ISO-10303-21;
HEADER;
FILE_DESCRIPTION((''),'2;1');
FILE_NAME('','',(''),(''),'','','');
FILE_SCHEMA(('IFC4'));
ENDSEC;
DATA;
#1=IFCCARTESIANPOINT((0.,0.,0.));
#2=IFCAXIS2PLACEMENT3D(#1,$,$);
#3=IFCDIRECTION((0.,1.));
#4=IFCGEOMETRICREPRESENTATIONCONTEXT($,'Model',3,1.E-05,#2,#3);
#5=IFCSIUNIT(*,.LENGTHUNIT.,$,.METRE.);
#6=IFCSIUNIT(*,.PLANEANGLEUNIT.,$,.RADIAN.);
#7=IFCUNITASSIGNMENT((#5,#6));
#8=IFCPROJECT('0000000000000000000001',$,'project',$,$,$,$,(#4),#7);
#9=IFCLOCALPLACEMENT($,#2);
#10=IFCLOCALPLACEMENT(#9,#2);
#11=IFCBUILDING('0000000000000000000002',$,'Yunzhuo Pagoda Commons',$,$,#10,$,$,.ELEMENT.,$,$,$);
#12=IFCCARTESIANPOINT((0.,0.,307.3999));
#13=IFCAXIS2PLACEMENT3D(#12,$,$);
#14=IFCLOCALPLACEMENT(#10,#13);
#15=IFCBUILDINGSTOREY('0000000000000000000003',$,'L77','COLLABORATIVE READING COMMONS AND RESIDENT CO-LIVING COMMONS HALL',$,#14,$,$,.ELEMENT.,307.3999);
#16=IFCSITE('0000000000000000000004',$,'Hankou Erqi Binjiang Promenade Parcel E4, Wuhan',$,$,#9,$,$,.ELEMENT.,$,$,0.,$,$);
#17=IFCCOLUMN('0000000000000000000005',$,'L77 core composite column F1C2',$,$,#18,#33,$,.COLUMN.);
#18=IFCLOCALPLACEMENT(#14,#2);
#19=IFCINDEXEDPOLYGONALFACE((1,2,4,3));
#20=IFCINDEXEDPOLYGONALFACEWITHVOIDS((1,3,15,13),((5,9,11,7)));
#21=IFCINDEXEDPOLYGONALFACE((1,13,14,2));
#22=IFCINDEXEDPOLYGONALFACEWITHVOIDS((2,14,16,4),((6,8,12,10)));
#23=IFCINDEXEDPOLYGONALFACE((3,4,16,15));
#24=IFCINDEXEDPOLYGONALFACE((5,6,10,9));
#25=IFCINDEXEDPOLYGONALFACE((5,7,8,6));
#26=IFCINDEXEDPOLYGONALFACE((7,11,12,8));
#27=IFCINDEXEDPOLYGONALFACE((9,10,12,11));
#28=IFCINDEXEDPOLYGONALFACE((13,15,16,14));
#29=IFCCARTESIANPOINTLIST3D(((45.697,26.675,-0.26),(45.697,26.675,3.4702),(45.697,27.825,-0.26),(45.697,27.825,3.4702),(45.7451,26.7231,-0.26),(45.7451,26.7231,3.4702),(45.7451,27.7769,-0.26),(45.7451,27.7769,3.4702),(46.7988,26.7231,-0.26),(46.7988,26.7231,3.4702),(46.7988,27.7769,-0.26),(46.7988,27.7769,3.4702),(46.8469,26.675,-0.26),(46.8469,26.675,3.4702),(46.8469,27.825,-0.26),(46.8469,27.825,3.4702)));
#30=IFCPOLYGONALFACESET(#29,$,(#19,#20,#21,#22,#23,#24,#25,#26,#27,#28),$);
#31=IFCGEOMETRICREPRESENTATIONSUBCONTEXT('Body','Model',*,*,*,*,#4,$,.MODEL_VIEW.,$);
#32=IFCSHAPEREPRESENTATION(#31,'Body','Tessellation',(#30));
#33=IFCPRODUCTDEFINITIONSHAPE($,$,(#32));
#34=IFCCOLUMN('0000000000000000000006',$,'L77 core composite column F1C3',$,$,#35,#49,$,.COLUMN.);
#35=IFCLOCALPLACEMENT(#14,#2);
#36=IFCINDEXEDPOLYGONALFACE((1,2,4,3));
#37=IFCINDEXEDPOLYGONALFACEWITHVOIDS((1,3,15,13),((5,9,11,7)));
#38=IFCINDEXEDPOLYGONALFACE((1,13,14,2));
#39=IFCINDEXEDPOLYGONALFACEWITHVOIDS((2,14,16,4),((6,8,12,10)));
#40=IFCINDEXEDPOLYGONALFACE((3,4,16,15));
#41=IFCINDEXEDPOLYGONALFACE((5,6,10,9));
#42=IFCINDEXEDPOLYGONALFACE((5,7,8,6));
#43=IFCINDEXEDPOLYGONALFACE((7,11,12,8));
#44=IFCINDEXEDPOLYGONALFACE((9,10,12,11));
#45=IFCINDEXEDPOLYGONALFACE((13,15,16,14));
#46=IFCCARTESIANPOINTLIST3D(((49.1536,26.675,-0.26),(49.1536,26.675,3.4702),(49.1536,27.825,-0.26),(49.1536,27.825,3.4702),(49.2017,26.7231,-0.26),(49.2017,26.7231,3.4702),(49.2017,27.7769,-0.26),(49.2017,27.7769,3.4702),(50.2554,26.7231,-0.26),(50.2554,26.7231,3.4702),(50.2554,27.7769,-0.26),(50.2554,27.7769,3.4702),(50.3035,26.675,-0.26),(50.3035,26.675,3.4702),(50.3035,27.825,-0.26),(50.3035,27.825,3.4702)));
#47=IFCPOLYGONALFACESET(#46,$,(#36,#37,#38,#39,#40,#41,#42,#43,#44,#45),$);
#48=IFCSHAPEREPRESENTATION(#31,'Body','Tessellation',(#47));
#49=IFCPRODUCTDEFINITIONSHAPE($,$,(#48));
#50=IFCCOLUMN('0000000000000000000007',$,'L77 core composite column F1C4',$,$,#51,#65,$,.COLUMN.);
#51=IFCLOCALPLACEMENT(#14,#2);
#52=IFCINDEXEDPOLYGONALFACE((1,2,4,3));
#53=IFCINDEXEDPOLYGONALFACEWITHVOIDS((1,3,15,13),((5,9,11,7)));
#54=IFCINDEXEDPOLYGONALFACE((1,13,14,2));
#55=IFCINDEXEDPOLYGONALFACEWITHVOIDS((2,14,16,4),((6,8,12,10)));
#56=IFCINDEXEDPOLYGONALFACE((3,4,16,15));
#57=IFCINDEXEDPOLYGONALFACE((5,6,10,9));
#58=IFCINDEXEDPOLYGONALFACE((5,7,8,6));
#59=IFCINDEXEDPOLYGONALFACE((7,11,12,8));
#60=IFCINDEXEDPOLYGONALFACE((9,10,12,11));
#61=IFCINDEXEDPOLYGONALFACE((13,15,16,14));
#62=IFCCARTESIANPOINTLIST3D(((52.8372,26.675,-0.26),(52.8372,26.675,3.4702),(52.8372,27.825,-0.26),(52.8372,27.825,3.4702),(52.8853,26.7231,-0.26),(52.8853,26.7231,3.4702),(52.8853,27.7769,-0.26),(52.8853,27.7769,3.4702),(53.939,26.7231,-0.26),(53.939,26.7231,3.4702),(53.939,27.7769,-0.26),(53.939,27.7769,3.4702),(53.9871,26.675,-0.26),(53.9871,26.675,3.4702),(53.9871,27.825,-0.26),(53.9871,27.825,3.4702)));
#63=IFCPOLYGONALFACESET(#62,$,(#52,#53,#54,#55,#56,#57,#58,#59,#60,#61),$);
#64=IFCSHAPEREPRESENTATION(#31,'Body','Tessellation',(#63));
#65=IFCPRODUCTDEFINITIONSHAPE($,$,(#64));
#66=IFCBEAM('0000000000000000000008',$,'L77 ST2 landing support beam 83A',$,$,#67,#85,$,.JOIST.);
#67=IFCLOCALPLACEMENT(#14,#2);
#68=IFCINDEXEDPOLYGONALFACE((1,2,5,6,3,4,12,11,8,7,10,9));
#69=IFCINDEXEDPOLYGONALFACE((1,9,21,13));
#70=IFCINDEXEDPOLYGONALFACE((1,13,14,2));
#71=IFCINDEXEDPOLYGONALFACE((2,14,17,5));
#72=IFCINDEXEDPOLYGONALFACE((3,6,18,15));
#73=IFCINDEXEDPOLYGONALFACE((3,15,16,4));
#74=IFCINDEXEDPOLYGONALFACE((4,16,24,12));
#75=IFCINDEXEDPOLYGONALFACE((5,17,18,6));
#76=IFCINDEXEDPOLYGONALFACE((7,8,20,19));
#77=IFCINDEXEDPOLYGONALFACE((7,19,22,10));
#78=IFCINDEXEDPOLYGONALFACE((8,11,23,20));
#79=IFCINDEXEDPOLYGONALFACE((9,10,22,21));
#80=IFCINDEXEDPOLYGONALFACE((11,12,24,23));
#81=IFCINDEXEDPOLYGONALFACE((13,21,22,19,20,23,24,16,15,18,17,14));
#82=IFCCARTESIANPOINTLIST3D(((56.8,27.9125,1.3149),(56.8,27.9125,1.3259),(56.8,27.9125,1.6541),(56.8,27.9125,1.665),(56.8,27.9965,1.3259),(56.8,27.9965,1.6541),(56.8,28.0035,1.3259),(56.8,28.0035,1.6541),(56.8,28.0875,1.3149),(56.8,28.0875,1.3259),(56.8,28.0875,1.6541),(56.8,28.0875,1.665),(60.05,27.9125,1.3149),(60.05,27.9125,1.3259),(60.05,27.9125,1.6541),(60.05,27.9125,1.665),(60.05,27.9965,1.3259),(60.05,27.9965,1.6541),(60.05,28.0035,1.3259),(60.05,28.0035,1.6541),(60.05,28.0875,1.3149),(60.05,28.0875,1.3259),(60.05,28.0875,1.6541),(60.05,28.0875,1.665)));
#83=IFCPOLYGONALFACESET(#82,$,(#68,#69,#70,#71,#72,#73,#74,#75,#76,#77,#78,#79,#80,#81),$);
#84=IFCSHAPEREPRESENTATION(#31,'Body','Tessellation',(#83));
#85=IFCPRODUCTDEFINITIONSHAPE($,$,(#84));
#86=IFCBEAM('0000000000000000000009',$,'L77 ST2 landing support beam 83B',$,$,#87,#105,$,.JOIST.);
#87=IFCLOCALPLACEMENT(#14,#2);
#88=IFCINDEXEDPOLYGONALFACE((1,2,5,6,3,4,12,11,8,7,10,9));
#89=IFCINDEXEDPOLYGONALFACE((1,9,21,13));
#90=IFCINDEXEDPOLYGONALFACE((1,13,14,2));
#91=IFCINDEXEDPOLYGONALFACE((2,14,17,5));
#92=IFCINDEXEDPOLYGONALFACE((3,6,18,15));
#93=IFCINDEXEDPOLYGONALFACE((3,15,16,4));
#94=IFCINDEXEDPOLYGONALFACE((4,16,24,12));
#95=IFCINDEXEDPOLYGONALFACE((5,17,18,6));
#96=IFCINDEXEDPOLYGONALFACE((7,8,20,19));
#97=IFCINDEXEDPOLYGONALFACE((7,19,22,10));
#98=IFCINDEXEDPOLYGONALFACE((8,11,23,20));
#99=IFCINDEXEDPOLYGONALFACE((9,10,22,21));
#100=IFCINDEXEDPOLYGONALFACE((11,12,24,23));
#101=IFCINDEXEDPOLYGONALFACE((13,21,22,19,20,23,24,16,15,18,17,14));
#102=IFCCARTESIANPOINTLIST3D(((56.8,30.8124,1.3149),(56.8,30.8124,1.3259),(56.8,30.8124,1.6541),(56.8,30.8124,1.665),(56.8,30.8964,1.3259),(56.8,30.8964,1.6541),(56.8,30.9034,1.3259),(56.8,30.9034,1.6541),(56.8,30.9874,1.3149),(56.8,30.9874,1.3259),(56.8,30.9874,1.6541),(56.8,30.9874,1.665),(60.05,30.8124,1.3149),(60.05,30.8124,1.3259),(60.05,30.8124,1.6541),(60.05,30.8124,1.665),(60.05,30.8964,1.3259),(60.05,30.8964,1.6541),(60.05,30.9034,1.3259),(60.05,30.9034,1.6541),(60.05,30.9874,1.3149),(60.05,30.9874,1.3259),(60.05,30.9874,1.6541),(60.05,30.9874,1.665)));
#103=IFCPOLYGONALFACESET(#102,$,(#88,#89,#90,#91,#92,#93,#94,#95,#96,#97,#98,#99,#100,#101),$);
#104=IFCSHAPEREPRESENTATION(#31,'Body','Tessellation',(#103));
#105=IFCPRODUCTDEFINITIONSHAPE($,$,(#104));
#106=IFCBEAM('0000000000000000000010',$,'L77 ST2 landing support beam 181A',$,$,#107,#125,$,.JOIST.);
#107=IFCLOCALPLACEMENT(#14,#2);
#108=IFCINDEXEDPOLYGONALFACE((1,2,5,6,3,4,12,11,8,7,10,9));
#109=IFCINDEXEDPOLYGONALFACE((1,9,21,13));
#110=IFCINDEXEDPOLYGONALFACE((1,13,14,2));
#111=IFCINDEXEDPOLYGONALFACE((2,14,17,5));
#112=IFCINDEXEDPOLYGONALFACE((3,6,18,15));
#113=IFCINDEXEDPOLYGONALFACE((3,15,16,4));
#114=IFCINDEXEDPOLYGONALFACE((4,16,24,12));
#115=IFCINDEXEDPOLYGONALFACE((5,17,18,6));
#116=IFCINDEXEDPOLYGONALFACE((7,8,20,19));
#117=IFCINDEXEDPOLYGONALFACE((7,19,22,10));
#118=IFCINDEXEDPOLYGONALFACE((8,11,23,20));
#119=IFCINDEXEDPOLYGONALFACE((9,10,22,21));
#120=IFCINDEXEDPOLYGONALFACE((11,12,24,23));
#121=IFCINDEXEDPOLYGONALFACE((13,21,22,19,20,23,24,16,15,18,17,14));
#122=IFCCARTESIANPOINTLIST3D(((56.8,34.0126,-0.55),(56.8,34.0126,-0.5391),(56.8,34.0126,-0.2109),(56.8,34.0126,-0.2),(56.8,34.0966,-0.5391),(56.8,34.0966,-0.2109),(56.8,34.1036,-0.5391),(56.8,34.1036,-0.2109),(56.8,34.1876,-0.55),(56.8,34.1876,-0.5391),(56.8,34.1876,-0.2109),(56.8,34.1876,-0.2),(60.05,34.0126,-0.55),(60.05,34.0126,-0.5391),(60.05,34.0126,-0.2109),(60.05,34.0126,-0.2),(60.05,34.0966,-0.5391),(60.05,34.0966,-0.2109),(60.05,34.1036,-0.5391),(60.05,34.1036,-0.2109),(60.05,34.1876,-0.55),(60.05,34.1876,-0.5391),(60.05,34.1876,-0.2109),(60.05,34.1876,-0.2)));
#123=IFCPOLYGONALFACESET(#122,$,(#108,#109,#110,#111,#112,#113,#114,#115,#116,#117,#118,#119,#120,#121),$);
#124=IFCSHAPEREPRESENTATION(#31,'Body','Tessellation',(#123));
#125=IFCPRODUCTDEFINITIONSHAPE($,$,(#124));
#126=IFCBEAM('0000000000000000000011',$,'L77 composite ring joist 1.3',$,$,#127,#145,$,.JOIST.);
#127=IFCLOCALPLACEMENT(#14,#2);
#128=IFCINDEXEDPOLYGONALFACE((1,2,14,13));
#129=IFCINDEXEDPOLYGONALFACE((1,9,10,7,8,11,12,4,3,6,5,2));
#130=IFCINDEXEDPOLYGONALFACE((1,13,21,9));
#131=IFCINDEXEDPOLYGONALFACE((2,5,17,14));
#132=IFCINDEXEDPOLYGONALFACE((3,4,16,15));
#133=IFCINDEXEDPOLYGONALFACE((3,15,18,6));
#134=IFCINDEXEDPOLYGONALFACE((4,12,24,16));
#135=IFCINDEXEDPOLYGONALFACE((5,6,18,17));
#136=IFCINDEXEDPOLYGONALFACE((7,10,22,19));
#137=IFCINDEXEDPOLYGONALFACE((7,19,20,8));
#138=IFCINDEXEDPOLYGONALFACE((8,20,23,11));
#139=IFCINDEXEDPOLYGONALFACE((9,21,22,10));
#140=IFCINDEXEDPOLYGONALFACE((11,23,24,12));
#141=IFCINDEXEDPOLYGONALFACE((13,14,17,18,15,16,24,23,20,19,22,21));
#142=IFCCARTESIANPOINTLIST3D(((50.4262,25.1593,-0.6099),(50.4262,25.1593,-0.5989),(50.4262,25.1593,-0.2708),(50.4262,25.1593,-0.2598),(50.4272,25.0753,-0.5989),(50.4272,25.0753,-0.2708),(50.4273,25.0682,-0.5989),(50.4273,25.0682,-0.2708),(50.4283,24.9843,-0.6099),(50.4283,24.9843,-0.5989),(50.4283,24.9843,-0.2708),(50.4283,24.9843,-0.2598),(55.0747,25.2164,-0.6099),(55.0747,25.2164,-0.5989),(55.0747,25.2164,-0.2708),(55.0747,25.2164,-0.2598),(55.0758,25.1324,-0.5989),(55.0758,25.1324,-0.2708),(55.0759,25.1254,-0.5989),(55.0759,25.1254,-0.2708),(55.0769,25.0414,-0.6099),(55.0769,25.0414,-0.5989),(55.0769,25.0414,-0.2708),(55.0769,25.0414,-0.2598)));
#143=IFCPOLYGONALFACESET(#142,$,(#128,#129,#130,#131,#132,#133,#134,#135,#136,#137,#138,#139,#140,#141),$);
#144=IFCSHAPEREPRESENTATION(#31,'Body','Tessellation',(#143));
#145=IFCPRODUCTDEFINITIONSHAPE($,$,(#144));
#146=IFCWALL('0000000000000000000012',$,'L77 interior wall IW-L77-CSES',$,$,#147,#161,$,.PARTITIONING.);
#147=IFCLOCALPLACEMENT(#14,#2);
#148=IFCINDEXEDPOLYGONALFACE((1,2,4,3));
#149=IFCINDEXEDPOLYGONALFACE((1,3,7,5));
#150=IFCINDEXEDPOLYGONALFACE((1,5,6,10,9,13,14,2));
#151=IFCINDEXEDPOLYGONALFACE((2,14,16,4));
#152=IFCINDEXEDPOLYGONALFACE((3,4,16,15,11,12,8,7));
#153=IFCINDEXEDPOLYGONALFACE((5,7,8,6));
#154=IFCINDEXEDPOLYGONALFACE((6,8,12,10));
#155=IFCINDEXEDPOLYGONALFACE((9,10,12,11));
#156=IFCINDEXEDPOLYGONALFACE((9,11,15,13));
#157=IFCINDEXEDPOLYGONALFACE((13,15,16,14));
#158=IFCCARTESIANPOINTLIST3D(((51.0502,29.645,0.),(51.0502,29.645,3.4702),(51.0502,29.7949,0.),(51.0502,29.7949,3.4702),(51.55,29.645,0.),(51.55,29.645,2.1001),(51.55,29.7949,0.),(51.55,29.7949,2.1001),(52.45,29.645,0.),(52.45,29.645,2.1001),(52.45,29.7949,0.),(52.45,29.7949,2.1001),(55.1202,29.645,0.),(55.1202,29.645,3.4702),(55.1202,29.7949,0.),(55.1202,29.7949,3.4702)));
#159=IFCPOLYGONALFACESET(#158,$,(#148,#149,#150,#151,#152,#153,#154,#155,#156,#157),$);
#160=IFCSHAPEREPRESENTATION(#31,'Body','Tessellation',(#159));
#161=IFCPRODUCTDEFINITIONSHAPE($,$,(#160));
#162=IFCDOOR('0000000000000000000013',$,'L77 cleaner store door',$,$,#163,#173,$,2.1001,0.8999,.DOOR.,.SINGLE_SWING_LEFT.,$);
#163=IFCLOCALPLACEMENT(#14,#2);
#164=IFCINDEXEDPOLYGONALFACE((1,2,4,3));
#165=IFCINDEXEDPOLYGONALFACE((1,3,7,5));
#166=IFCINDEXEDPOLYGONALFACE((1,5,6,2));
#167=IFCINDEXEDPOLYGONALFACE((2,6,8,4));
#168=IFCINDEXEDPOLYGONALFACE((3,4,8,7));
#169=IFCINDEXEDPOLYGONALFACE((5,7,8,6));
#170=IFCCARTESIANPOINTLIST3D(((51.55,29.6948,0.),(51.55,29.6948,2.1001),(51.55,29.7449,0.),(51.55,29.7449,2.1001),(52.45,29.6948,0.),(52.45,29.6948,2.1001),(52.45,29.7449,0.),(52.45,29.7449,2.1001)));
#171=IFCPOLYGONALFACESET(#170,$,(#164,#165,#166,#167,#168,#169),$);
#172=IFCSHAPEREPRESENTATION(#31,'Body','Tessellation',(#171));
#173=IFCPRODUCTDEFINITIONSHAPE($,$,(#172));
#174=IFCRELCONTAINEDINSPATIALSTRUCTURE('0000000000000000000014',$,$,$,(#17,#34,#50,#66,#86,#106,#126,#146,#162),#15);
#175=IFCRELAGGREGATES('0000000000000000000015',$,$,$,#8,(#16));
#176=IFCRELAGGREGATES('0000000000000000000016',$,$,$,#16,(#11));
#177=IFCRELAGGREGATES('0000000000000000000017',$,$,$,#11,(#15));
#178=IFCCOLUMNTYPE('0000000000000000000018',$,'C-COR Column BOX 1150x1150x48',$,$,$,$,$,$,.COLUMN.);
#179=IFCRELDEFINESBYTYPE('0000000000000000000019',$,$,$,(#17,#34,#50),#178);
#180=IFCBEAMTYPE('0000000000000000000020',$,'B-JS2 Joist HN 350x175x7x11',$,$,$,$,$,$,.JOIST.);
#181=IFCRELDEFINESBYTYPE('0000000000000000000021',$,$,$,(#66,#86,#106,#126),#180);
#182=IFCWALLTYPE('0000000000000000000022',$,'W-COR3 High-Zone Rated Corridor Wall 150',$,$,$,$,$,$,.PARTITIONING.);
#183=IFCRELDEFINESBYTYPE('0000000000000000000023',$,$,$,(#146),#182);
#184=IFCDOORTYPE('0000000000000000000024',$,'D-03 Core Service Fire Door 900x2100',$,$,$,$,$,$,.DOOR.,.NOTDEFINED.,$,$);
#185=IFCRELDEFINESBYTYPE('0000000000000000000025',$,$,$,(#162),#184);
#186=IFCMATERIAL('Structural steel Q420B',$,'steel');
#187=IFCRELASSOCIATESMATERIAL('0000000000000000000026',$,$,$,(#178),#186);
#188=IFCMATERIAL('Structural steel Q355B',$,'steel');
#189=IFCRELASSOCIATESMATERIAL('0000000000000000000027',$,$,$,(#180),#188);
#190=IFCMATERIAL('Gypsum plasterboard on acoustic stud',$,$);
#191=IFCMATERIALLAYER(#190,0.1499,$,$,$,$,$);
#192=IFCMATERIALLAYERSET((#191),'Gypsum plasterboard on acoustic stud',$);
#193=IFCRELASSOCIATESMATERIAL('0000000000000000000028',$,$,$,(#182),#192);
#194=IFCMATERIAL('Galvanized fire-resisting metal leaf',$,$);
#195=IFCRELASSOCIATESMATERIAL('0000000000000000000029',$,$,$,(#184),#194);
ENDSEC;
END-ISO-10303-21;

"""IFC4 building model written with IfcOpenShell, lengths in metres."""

from ifc_helpers import new_model, si_unit, direction, frame, frame_2d, origin, origin_with_axes, origin_2d, place, context, subcontext, project, spatial, rectangle, hollow_rectangle, i_section, extrude, source, transform, mapped, material, layer, layer_set, material_profile, profile_set, type_object, element, fill, save


model = new_model("IFC4")

# Units and contexts
model_context = context("Model", 3, precision=1e-05, world=origin(), true_north=direction((0.0, 1.0)))
body_context = subcontext(model_context, "Body", "Model", "MODEL_VIEW")
ifc_project = project(units=[si_unit("LENGTHUNIT", "METRE"), si_unit("PLANEANGLEUNIT", "RADIAN")], contexts=[model_context])

# Site, building, storey
site_placement = place(None, origin())
site = spatial("IfcSite", under=ifc_project, at=site_placement, Name="Hankou Erqi Binjiang Promenade Parcel E4, Wuhan", CompositionType="ELEMENT", RefElevation=0.0)
building_placement = place(site_placement, origin())
building = spatial("IfcBuilding", under=site, at=building_placement, Name="Yunzhuo Pagoda Commons", CompositionType="ELEMENT")
storey_placement = place(building_placement, frame((0.0, 0.0, 307.3999)))
storey = spatial("IfcBuildingStorey", under=building, at=storey_placement, Name="L77", Description="COLLABORATIVE READING COMMONS AND RESIDENT CO-LIVING COMMONS HALL", CompositionType="ELEMENT", Elevation=307.3999)

# Columns
ifc_material_1 = material(Name="Structural steel Q420B", Category="steel")
ifc_material_profile_1 = material_profile(ifc_material_1, hollow_rectangle(XDim=1.1499, YDim=1.1499, WallThickness=0.0481, at=origin_2d()), Name="Structural steel Q420B")
ifc_profile_set_1 = profile_set([ifc_material_profile_1], Name="Structural steel Q420B")
column_type = type_object("IfcColumnType", Name="C-COR Column BOX 1150x1150x48", PredefinedType="COLUMN", material=ifc_profile_set_1)
shared_shape_1 = source(origin(), body_context, "Body", "SweptSolid", [
    extrude(hollow_rectangle(XDim=1.1499, YDim=1.1499, WallThickness=0.0481, at=origin_2d()), origin(), (0.0, 0.0, 1.0), 3.7302),
])
for number, where, z_axis, x_axis, name in (
    (1, (46.272, 27.25, -0.26), (0.0, 0.0, 1.0), (1.0, 0.0, 0.0), "L77 core composite column F1C2"),
    (2, (49.7285, 27.25, -0.26), (0.0, 0.0, 1.0), (1.0, 0.0, 0.0), "L77 core composite column F1C3"),
    (3, (53.4121, 27.25, -0.26), (0.0, 0.0, 1.0), (1.0, 0.0, 0.0), "L77 core composite column F1C4"),
):
    element("IfcColumn", number, at=place(storey_placement, frame(where, z_axis=z_axis, x_axis=x_axis)), inside=storey, type_object=column_type, Name=name, PredefinedType="COLUMN", context=body_context, shape_type="MappedRepresentation", body=[
        mapped(shared_shape_1, transform((0.0, 0.0, 0.0), scale=1.0)),
    ])

# Beams
ifc_material_2 = material(Name="Structural steel Q355B", Category="steel")
ifc_material_profile_2 = material_profile(ifc_material_2, i_section(OverallWidth=0.175, OverallDepth=0.3501, WebThickness=0.0071, FlangeThickness=0.011, at=origin_2d()), Name="Structural steel Q355B")
ifc_profile_set_2 = profile_set([ifc_material_profile_2], Name="Structural steel Q355B")
beam_type = type_object("IfcBeamType", Name="B-JS2 Joist HN 350x175x7x11", PredefinedType="JOIST", material=ifc_profile_set_2)
shared_shape_2 = source(origin(), body_context, "Body", "SweptSolid", [
    extrude(i_section(OverallWidth=0.175, OverallDepth=0.3501, WebThickness=0.0071, FlangeThickness=0.011, at=origin_2d()), origin(), (0.0, 0.0, 1.0), 3.25),
])
for number, where, z_axis, x_axis, name in (
    (4, (56.8, 28.0, 1.49), (1.0, 0.0, 0.0), (0.0, 1.0, 0.0), "L77 ST2 landing support beam 83A"),
    (5, (56.8, 30.8999, 1.49), (1.0, 0.0, 0.0), (0.0, 1.0, 0.0), "L77 ST2 landing support beam 83B"),
    (6, (56.8, 34.1001, -0.375), (1.0, 0.0, 0.0), (0.0, 1.0, 0.0), "L77 ST2 landing support beam 181A"),
):
    element("IfcBeam", number, at=place(storey_placement, frame(where, z_axis=z_axis, x_axis=x_axis)), inside=storey, type_object=beam_type, Name=name, PredefinedType="JOIST", context=body_context, shape_type="MappedRepresentation", body=[
        mapped(shared_shape_2, transform((0.0, 0.0, 0.0), scale=1.0)),
    ])
shared_shape_3 = source(origin(), body_context, "Body", "SweptSolid", [
    extrude(i_section(OverallWidth=0.175, OverallDepth=0.3501, WebThickness=0.0071, FlangeThickness=0.011, at=origin_2d()), origin(), (0.0, 0.0, 1.0), 4.6489),
])
beam_placement = place(storey_placement, frame((50.4272, 25.0718, -0.4348), z_axis=(0.999924, 0.012288, 0.0), x_axis=(-0.012288, 0.999924, 0.0)))
element("IfcBeam", 7, at=beam_placement, inside=storey, type_object=beam_type, Name="L77 composite ring joist 1.3", PredefinedType="JOIST", context=body_context, shape_type="MappedRepresentation", body=[
    mapped(shared_shape_3, transform((0.0, 0.0, 0.0), scale=1.0)),
])

# Wall, opening, door
ifc_material_3 = material(Name="Gypsum plasterboard on acoustic stud")
ifc_layer_1 = layer(ifc_material_3, 0.1499)
ifc_layer_set_1 = layer_set([ifc_layer_1], Name="Gypsum plasterboard on acoustic stud")
wall_type_1 = type_object("IfcWallType", Name="W-COR3 High-Zone Rated Corridor Wall 150", PredefinedType="PARTITIONING", material=ifc_layer_set_1)
wall_1_placement = place(storey_placement, frame((51.05, 29.72, 0.0), z_axis=(0.0, 0.0, 1.0), x_axis=(1.0, 0.0, 0.0)))
wall_1 = element("IfcWall", 8, at=wall_1_placement, inside=storey, type_object=wall_type_1, Name="L77 interior wall IW-L77-CSES", PredefinedType="PARTITIONING", context=body_context, shape_type="SweptSolid", body=[
    extrude(rectangle(XDim=4.0701, YDim=0.1499, at=frame_2d((2.0352, 0.0))), origin(), (0.0, 0.0, 1.0), 3.4702),
])
opening_1_placement = place(wall_1_placement, frame((0.5, 0.0, 0.0)))
opening_1 = element("IfcOpeningElement", 9, at=opening_1_placement, cuts=wall_1, PredefinedType="OPENING", context=body_context, shape_type="SweptSolid", body=[
    extrude(rectangle(XDim=0.8999, YDim=2.1001, at=frame_2d((0.45, 1.05))), frame((0.0, 0.085, 0.0), z_axis=(0.0, -1.0, 0.0), x_axis=(1.0, 0.0, 0.0)), (0.0, 0.0, 1.0), 0.1699),
])
ifc_material_4 = material(Name="Galvanized fire-resisting metal leaf")
door_type_1 = type_object("IfcDoorType", Name="D-03 Core Service Fire Door 900x2100", OperationType="NOTDEFINED", PredefinedType="DOOR", material=ifc_material_4)
shared_shape_4 = source(origin(), body_context, "Body", "SweptSolid", [
    extrude(rectangle(XDim=0.8999, YDim=2.1001, at=frame_2d((0.45, 1.05))), frame((0.0, 0.0249, 0.0), z_axis=(0.0, -1.0, 0.0), x_axis=(1.0, 0.0, 0.0)), (0.0, 0.0, 1.0), 0.05),
])
door_1_placement = place(opening_1_placement, origin_with_axes())
door_1 = element("IfcDoor", 10, at=door_1_placement, inside=storey, type_object=door_type_1, Name="L77 cleaner store door", OperationType="SINGLE_SWING_LEFT", OverallHeight=2.1001, OverallWidth=0.8999, PredefinedType="DOOR", context=body_context, shape_type="MappedRepresentation", body=[
    mapped(shared_shape_4, transform((0.0, 0.0, 0.0), scale=1.0)),
])
fill(opening_1, door_1)

save(model, "model.ifc")
